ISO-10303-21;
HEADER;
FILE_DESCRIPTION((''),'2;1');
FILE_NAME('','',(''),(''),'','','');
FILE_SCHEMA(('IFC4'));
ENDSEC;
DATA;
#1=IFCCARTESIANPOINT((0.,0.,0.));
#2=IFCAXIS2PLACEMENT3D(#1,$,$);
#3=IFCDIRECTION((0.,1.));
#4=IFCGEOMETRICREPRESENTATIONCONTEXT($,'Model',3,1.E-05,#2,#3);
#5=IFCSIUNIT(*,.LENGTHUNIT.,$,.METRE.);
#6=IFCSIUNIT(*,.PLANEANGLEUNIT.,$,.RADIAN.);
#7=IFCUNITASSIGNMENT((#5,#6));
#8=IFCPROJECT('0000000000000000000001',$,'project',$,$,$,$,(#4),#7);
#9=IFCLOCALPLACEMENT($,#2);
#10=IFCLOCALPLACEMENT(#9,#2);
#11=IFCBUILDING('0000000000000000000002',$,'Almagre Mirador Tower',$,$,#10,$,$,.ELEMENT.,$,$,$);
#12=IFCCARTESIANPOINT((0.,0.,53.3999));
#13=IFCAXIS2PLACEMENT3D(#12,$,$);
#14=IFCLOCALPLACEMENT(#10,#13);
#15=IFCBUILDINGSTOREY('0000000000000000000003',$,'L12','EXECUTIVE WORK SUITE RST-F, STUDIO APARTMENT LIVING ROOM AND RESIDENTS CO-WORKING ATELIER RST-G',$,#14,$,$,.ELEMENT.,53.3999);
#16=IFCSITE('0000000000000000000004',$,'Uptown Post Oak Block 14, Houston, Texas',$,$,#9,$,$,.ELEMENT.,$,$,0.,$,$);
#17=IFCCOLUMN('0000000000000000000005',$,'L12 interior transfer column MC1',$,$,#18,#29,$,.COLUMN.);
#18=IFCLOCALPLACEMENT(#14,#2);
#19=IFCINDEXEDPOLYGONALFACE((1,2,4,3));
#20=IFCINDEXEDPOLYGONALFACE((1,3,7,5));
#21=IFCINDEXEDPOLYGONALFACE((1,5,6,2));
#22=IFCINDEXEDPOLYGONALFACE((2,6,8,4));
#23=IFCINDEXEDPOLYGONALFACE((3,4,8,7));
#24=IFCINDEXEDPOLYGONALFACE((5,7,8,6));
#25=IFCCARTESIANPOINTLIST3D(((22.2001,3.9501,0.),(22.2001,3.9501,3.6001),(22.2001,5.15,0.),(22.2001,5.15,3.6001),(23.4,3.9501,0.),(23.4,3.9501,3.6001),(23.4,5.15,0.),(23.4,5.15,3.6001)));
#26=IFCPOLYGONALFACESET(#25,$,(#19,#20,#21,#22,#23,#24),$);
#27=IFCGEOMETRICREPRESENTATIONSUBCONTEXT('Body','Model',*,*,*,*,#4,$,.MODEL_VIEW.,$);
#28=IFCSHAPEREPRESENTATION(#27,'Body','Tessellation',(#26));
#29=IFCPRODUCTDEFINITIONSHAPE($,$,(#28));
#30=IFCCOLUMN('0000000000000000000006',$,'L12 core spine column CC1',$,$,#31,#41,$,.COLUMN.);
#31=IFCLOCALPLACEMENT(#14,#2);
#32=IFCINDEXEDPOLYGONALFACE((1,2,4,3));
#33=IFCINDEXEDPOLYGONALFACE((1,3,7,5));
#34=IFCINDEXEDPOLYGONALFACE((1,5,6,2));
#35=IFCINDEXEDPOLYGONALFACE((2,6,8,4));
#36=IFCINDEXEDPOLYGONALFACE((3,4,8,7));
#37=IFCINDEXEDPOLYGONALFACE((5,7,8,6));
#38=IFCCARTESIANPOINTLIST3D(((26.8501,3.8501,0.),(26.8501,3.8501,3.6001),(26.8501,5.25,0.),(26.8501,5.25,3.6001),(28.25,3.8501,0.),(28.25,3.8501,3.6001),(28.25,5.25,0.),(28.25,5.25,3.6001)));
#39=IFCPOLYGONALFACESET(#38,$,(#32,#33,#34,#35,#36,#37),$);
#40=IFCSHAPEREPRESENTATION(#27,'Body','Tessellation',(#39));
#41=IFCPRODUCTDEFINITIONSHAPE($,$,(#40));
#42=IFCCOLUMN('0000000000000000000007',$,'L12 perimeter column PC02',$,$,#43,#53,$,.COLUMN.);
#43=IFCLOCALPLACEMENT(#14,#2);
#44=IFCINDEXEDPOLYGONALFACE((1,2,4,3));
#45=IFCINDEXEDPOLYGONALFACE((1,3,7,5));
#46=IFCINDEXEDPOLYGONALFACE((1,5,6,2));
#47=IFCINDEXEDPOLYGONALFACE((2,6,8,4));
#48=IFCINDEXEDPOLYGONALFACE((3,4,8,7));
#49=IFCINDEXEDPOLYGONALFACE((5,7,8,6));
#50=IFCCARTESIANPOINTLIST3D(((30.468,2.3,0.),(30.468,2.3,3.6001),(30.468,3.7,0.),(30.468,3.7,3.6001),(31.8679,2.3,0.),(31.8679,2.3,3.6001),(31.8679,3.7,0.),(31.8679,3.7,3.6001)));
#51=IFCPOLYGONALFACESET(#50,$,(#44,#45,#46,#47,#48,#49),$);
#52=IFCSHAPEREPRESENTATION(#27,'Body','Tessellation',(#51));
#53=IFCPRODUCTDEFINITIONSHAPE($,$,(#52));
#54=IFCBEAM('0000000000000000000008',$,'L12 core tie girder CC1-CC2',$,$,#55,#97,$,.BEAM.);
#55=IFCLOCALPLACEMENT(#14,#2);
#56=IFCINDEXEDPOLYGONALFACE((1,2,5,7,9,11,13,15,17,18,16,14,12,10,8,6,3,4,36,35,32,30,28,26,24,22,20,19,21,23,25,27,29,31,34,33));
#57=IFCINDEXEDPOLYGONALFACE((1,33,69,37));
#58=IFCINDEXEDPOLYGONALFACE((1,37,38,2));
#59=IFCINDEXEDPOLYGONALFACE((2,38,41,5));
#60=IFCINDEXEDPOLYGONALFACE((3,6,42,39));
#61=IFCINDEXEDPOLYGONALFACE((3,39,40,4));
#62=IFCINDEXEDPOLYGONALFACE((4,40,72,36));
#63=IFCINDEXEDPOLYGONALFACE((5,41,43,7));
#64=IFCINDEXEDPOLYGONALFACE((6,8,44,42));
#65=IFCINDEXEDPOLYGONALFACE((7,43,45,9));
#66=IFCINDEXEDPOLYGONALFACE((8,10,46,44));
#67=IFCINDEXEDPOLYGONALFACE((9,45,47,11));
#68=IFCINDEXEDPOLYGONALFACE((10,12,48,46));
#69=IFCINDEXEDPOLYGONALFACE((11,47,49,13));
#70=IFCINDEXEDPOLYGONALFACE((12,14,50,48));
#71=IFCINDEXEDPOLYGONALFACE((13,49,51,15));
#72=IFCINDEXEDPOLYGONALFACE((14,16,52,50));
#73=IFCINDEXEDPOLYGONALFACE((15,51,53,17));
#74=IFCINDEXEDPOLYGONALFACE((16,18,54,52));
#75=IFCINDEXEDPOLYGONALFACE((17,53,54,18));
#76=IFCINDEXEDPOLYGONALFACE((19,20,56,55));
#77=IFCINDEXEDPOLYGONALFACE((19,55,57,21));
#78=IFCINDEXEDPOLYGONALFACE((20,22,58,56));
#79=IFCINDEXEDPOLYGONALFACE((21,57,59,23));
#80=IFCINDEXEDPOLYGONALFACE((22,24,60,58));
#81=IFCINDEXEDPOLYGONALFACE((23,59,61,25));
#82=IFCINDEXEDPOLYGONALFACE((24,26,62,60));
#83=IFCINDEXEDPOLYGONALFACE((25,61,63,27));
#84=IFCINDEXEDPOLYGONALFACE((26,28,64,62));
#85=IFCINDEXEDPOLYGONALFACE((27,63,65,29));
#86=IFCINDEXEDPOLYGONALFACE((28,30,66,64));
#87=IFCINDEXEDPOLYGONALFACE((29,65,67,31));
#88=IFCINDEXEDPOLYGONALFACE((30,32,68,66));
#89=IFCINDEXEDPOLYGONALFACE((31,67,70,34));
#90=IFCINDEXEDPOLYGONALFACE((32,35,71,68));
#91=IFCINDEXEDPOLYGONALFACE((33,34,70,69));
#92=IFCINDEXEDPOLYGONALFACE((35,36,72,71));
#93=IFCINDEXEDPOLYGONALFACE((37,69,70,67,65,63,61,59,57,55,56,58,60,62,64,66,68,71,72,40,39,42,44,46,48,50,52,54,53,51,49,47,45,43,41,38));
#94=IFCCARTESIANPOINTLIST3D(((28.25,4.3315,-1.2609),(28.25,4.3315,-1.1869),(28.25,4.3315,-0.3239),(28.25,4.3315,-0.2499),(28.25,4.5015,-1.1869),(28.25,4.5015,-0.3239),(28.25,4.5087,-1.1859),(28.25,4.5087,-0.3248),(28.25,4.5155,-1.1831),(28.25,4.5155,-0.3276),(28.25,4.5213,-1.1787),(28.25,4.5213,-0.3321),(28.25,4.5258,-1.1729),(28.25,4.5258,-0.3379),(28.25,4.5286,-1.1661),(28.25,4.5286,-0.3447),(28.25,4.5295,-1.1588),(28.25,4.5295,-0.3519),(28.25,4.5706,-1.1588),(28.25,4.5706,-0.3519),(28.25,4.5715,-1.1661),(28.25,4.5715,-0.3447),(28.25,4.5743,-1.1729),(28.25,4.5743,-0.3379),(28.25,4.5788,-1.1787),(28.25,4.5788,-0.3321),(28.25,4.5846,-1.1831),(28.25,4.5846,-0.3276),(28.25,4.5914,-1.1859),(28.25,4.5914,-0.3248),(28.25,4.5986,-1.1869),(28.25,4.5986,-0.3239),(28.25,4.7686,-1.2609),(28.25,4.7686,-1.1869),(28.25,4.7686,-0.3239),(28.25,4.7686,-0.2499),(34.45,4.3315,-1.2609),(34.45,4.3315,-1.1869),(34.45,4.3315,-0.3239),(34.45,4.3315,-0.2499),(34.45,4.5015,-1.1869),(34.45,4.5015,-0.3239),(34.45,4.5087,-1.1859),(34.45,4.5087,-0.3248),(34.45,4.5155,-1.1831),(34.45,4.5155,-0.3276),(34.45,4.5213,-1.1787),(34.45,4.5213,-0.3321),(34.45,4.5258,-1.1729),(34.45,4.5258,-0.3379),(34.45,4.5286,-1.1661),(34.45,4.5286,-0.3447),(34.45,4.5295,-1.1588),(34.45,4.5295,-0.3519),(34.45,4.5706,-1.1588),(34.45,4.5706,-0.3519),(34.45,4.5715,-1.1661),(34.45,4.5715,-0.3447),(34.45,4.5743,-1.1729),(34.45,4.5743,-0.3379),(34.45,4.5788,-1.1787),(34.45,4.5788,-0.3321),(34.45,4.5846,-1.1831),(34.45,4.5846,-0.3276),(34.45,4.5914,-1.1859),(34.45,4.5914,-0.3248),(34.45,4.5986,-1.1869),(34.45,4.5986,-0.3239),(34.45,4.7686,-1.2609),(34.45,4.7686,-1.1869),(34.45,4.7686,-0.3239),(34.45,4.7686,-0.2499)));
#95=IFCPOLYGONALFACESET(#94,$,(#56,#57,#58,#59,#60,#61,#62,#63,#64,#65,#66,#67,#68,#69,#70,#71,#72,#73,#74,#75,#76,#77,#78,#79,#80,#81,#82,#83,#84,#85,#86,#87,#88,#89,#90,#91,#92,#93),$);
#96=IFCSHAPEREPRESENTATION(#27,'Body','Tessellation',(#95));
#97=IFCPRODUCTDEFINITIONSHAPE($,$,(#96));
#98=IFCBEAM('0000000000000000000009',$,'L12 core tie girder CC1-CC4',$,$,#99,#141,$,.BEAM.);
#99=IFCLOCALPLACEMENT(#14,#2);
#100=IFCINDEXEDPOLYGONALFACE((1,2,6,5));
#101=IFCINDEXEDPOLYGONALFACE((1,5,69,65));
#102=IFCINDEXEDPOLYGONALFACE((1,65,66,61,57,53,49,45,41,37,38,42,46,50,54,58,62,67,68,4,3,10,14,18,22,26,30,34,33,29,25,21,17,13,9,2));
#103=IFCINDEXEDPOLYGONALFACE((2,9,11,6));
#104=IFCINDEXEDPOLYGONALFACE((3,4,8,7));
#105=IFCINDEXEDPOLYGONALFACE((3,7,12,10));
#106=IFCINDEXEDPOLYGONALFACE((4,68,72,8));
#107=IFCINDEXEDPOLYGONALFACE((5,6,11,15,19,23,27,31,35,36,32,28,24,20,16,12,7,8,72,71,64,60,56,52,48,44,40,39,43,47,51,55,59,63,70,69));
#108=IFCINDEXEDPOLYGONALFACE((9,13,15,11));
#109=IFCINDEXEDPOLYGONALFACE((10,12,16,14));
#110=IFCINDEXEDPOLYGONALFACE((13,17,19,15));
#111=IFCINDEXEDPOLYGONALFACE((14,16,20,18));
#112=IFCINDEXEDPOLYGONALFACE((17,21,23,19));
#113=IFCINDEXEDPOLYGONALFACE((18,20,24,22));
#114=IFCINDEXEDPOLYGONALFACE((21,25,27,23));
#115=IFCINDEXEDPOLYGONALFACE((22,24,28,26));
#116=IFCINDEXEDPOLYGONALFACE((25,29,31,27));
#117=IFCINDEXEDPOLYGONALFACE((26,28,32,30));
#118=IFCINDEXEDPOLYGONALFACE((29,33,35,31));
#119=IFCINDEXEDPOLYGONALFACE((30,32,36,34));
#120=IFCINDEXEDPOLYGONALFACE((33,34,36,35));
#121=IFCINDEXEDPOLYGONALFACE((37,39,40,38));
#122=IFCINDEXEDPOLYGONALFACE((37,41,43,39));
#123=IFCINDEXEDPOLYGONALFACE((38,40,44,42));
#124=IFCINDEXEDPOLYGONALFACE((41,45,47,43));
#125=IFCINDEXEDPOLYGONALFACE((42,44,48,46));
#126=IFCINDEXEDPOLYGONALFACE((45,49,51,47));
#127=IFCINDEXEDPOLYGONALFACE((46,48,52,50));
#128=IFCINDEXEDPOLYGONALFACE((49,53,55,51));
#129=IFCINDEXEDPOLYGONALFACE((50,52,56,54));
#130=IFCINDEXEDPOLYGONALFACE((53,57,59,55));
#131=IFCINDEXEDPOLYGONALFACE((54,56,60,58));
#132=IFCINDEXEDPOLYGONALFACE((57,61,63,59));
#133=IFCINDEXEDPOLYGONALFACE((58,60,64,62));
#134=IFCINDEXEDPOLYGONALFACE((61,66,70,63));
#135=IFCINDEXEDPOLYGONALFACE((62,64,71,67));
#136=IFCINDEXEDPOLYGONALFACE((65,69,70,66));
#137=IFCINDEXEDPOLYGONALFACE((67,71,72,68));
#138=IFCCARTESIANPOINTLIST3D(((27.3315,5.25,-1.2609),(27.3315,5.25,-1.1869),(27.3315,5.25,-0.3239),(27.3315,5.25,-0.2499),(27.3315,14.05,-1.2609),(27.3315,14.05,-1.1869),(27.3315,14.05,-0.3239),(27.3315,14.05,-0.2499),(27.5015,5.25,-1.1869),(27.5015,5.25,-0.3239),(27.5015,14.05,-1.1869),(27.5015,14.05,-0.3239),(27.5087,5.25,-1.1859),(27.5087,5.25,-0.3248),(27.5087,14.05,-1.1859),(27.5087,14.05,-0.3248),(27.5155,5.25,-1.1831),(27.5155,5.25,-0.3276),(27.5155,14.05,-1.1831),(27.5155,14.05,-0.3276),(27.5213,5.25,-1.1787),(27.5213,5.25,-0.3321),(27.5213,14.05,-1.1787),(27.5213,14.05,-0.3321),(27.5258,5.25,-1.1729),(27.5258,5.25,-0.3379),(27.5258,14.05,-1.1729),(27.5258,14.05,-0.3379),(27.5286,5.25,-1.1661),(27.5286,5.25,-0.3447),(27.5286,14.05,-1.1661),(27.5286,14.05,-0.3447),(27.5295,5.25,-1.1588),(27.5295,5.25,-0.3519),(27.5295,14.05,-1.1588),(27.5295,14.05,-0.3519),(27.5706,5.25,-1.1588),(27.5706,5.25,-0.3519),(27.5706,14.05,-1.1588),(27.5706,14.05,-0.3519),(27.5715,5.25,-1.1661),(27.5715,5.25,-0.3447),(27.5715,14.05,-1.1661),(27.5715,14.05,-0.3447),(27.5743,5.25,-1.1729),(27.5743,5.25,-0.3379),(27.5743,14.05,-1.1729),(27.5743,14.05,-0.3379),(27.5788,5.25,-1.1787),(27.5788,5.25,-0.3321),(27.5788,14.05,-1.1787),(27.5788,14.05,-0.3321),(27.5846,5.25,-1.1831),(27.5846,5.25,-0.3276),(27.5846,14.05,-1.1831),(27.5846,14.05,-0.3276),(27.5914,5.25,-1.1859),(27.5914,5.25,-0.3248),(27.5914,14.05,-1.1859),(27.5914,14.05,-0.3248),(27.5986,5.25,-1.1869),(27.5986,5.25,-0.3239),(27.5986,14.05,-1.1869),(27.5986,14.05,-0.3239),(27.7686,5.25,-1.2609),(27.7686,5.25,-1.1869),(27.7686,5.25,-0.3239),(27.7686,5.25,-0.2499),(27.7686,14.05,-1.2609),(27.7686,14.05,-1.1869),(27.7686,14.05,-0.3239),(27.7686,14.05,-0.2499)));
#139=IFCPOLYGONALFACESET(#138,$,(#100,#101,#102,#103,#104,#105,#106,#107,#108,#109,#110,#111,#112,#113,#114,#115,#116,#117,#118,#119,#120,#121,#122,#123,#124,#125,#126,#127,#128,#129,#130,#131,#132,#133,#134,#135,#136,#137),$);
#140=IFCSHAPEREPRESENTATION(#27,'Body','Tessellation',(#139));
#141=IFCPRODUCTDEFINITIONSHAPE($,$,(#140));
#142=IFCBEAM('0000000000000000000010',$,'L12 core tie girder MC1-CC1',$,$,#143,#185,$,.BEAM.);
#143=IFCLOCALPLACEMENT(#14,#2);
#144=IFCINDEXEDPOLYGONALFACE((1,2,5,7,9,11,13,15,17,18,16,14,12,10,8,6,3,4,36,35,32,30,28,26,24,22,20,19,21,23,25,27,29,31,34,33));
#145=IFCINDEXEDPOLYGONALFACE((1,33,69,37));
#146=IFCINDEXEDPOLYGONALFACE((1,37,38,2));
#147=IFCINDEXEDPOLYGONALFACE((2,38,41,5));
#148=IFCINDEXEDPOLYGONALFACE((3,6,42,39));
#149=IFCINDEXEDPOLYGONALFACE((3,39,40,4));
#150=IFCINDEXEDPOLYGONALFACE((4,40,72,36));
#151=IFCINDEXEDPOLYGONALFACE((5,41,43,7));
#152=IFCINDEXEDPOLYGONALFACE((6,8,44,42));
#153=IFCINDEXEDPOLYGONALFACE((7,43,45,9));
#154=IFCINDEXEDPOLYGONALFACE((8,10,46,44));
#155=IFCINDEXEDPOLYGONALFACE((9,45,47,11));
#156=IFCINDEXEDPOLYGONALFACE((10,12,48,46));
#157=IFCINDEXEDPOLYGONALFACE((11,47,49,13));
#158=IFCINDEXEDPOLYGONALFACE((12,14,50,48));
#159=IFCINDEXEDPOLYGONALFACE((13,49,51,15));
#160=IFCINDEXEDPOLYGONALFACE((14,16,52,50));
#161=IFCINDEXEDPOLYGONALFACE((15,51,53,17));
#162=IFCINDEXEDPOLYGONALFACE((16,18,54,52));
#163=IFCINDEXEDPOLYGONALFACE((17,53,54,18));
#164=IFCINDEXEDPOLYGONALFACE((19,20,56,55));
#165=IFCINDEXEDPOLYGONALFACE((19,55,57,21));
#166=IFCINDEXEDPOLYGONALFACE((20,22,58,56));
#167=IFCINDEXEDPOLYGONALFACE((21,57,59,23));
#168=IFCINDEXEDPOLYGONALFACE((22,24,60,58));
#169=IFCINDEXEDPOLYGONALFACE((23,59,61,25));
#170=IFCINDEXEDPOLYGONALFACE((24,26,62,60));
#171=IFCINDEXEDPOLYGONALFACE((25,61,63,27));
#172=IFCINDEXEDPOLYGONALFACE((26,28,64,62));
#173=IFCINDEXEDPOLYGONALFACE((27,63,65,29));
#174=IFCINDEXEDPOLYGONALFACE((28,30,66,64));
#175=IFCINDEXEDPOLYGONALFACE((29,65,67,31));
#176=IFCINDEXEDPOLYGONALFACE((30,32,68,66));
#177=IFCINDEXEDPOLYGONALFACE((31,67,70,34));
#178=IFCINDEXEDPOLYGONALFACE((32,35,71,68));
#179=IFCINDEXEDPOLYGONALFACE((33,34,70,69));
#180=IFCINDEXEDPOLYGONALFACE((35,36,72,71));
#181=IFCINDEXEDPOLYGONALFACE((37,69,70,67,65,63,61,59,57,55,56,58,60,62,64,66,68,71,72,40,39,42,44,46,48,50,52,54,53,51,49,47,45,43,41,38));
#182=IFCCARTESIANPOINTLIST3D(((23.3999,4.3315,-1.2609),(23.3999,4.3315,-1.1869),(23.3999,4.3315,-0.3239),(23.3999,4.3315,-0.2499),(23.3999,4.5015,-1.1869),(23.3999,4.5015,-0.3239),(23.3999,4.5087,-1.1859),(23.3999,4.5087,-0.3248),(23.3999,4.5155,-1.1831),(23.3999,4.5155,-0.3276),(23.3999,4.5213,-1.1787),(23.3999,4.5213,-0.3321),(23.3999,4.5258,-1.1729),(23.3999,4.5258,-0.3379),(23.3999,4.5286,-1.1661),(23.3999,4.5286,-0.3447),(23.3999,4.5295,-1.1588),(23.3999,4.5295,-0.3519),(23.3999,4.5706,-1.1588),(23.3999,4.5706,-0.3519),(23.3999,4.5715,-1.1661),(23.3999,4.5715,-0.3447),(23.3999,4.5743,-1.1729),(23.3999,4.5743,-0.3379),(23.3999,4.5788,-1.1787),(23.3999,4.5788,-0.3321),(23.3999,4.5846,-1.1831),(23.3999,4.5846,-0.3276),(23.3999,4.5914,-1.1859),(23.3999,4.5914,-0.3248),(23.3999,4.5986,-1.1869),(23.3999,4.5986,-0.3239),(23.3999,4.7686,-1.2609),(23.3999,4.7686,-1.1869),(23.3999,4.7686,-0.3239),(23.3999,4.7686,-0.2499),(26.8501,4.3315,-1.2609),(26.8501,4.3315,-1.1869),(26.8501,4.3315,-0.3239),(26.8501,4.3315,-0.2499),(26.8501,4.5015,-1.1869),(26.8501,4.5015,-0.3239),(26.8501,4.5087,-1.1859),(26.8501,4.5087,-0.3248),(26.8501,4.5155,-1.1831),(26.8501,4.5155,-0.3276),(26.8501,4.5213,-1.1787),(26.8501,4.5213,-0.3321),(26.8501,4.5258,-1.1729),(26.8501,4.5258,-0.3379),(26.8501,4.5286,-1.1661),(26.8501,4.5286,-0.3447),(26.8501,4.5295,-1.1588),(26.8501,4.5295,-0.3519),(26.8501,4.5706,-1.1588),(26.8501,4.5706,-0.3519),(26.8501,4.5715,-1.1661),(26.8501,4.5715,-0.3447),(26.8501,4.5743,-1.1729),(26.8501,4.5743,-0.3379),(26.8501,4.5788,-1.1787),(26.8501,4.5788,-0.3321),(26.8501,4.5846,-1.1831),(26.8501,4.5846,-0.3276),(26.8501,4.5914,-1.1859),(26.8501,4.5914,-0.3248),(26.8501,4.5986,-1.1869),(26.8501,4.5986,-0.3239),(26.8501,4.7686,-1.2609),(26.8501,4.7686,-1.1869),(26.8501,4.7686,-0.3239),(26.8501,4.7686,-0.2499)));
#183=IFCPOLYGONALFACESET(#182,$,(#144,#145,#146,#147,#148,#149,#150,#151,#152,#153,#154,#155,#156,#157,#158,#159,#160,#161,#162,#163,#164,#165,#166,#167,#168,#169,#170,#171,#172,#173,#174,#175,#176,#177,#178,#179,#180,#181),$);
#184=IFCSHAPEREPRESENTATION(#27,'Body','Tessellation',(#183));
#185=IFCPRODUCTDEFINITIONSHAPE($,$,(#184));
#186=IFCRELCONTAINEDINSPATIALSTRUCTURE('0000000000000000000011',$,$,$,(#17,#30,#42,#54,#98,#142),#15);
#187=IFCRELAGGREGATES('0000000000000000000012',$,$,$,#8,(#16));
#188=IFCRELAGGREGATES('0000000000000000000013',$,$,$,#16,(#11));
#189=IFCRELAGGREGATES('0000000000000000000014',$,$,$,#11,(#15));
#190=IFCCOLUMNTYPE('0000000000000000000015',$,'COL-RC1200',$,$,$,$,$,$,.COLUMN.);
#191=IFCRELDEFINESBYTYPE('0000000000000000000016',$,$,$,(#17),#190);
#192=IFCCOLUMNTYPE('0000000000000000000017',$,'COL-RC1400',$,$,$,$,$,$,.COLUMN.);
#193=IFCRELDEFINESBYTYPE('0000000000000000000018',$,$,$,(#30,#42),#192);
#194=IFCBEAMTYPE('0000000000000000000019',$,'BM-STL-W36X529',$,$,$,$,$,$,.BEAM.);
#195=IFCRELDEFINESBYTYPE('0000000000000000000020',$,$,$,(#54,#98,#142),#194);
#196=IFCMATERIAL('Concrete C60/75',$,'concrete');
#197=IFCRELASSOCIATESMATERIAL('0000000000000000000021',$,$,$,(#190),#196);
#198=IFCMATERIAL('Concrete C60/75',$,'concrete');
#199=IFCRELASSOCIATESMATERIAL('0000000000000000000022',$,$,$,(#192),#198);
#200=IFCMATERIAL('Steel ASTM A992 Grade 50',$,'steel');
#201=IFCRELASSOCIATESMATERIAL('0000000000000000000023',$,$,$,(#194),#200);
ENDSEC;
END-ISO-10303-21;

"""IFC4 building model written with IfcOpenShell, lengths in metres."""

from ifc_helpers import new_model, si_unit, direction, frame, origin, origin_2d, place, context, subcontext, project, spatial, rectangle, i_section, extrude, material, material_profile, profile_set, type_object, element, save


model = new_model("IFC4")

# Units and contexts
model_context = context("Model", 3, precision=1e-05, world=origin(), true_north=direction((0.0, 1.0)))
body_context = subcontext(model_context, "Body", "Model", "MODEL_VIEW")
ifc_project = project(units=[si_unit("LENGTHUNIT", "METRE"), si_unit("PLANEANGLEUNIT", "RADIAN")], contexts=[model_context])

# Site, building, storey
site_placement = place(None, origin())
site = spatial("IfcSite", under=ifc_project, at=site_placement, Name="Uptown Post Oak Block 14, Houston, Texas", CompositionType="ELEMENT", RefElevation=0.0)
building_placement = place(site_placement, origin())
building = spatial("IfcBuilding", under=site, at=building_placement, Name="Almagre Mirador Tower", CompositionType="ELEMENT")
storey_placement = place(building_placement, frame((0.0, 0.0, 53.3999)))
storey = spatial("IfcBuildingStorey", under=building, at=storey_placement, Name="L12", Description="EXECUTIVE WORK SUITE RST-F, STUDIO APARTMENT LIVING ROOM AND RESIDENTS CO-WORKING ATELIER RST-G", CompositionType="ELEMENT", Elevation=53.3999)

# Columns
ifc_material_1 = material(Name="Concrete C60/75", Category="concrete")
ifc_material_profile_1 = material_profile(ifc_material_1, rectangle(XDim=1.2, YDim=1.2, at=origin_2d()), Name="RC1200X1200")
ifc_profile_set_1 = profile_set([ifc_material_profile_1], Name="Concrete C60/75")
column_type_1 = type_object("IfcColumnType", Name="COL-RC1200", PredefinedType="COLUMN", material=ifc_profile_set_1)
column_placement = place(storey_placement, frame((22.8, 4.55, 0.0), z_axis=(0.0, 0.0, 1.0), x_axis=(1.0, 0.0, 0.0)))
element("IfcColumn", 1, at=column_placement, inside=storey, type_object=column_type_1, Name="L12 interior transfer column MC1", PredefinedType="COLUMN", context=body_context, shape_type="SweptSolid", body=[
    extrude(rectangle(XDim=1.2, YDim=1.2, at=origin_2d()), origin(), (0.0, 0.0, 1.0), 3.6001),
])
ifc_material_2 = material(Name="Concrete C60/75", Category="concrete")
ifc_material_profile_2 = material_profile(ifc_material_2, rectangle(XDim=1.3999, YDim=1.3999, at=origin_2d()), Name="RC1400X1400")
ifc_profile_set_2 = profile_set([ifc_material_profile_2], Name="Concrete C60/75")
column_type_2 = type_object("IfcColumnType", Name="COL-RC1400", PredefinedType="COLUMN", material=ifc_profile_set_2)
for number, where, z_axis, x_axis, name in (
    (2, (27.55, 4.55, 0.0), (0.0, 0.0, 1.0), (1.0, 0.0, 0.0), "L12 core spine column CC1"),
    (3, (31.168, 3.0, 0.0), (0.0, 0.0, 1.0), (1.0, 0.0, 0.0), "L12 perimeter column PC02"),
):
    element("IfcColumn", number, at=place(storey_placement, frame(where, z_axis=z_axis, x_axis=x_axis)), inside=storey, type_object=column_type_2, Name=name, PredefinedType="COLUMN", context=body_context, shape_type="SweptSolid", body=[
        extrude(rectangle(XDim=1.3999, YDim=1.3999, at=origin_2d()), origin(), (0.0, 0.0, 1.0), 3.6001),
    ])

# Beams
ifc_material_3 = material(Name="Steel ASTM A992 Grade 50", Category="steel")
ifc_material_profile_3 = material_profile(ifc_material_3, i_section(OverallWidth=0.437, OverallDepth=1.011, WebThickness=0.041, FlangeThickness=0.074, FilletRadius=0.0281, at=origin_2d()), Name="W36X529")
ifc_profile_set_3 = profile_set([ifc_material_profile_3], Name="Steel ASTM A992 Grade 50")
beam_type_1 = type_object("IfcBeamType", Name="BM-STL-W36X529", PredefinedType="BEAM", material=ifc_profile_set_3)
beam_1_placement = place(storey_placement, frame((28.25, 4.55, -0.7554), z_axis=(1.0, 0.0, 0.0), x_axis=(0.0, 1.0, 0.0)))
element("IfcBeam", 4, at=beam_1_placement, inside=storey, type_object=beam_type_1, Name="L12 core tie girder CC1-CC2", PredefinedType="BEAM", context=body_context, shape_type="SweptSolid", body=[
    extrude(i_section(OverallWidth=0.437, OverallDepth=1.011, WebThickness=0.041, FlangeThickness=0.074, FilletRadius=0.0281, at=origin_2d()), origin(), (0.0, 0.0, 1.0), 6.2),
])
beam_2_placement = place(storey_placement, frame((27.55, 5.25, -0.7554), z_axis=(0.0, 1.0, 0.0), x_axis=(-1.0, 0.0, 0.0)))
element("IfcBeam", 5, at=beam_2_placement, inside=storey, type_object=beam_type_1, Name="L12 core tie girder CC1-CC4", PredefinedType="BEAM", context=body_context, shape_type="SweptSolid", body=[
    extrude(i_section(OverallWidth=0.437, OverallDepth=1.011, WebThickness=0.041, FlangeThickness=0.074, FilletRadius=0.0281, at=origin_2d()), origin(), (0.0, 0.0, 1.0), 8.8),
])
beam_3_placement = place(storey_placement, frame((23.3999, 4.55, -0.7554), z_axis=(1.0, 0.0, 0.0), x_axis=(0.0, 1.0, 0.0)))
element("IfcBeam", 6, at=beam_3_placement, inside=storey, type_object=beam_type_1, Name="L12 core tie girder MC1-CC1", PredefinedType="BEAM", context=body_context, shape_type="SweptSolid", body=[
    extrude(i_section(OverallWidth=0.437, OverallDepth=1.011, WebThickness=0.041, FlangeThickness=0.074, FilletRadius=0.0281, at=origin_2d()), origin(), (0.0, 0.0, 1.0), 3.4502),
])

save(model, "model.ifc")
